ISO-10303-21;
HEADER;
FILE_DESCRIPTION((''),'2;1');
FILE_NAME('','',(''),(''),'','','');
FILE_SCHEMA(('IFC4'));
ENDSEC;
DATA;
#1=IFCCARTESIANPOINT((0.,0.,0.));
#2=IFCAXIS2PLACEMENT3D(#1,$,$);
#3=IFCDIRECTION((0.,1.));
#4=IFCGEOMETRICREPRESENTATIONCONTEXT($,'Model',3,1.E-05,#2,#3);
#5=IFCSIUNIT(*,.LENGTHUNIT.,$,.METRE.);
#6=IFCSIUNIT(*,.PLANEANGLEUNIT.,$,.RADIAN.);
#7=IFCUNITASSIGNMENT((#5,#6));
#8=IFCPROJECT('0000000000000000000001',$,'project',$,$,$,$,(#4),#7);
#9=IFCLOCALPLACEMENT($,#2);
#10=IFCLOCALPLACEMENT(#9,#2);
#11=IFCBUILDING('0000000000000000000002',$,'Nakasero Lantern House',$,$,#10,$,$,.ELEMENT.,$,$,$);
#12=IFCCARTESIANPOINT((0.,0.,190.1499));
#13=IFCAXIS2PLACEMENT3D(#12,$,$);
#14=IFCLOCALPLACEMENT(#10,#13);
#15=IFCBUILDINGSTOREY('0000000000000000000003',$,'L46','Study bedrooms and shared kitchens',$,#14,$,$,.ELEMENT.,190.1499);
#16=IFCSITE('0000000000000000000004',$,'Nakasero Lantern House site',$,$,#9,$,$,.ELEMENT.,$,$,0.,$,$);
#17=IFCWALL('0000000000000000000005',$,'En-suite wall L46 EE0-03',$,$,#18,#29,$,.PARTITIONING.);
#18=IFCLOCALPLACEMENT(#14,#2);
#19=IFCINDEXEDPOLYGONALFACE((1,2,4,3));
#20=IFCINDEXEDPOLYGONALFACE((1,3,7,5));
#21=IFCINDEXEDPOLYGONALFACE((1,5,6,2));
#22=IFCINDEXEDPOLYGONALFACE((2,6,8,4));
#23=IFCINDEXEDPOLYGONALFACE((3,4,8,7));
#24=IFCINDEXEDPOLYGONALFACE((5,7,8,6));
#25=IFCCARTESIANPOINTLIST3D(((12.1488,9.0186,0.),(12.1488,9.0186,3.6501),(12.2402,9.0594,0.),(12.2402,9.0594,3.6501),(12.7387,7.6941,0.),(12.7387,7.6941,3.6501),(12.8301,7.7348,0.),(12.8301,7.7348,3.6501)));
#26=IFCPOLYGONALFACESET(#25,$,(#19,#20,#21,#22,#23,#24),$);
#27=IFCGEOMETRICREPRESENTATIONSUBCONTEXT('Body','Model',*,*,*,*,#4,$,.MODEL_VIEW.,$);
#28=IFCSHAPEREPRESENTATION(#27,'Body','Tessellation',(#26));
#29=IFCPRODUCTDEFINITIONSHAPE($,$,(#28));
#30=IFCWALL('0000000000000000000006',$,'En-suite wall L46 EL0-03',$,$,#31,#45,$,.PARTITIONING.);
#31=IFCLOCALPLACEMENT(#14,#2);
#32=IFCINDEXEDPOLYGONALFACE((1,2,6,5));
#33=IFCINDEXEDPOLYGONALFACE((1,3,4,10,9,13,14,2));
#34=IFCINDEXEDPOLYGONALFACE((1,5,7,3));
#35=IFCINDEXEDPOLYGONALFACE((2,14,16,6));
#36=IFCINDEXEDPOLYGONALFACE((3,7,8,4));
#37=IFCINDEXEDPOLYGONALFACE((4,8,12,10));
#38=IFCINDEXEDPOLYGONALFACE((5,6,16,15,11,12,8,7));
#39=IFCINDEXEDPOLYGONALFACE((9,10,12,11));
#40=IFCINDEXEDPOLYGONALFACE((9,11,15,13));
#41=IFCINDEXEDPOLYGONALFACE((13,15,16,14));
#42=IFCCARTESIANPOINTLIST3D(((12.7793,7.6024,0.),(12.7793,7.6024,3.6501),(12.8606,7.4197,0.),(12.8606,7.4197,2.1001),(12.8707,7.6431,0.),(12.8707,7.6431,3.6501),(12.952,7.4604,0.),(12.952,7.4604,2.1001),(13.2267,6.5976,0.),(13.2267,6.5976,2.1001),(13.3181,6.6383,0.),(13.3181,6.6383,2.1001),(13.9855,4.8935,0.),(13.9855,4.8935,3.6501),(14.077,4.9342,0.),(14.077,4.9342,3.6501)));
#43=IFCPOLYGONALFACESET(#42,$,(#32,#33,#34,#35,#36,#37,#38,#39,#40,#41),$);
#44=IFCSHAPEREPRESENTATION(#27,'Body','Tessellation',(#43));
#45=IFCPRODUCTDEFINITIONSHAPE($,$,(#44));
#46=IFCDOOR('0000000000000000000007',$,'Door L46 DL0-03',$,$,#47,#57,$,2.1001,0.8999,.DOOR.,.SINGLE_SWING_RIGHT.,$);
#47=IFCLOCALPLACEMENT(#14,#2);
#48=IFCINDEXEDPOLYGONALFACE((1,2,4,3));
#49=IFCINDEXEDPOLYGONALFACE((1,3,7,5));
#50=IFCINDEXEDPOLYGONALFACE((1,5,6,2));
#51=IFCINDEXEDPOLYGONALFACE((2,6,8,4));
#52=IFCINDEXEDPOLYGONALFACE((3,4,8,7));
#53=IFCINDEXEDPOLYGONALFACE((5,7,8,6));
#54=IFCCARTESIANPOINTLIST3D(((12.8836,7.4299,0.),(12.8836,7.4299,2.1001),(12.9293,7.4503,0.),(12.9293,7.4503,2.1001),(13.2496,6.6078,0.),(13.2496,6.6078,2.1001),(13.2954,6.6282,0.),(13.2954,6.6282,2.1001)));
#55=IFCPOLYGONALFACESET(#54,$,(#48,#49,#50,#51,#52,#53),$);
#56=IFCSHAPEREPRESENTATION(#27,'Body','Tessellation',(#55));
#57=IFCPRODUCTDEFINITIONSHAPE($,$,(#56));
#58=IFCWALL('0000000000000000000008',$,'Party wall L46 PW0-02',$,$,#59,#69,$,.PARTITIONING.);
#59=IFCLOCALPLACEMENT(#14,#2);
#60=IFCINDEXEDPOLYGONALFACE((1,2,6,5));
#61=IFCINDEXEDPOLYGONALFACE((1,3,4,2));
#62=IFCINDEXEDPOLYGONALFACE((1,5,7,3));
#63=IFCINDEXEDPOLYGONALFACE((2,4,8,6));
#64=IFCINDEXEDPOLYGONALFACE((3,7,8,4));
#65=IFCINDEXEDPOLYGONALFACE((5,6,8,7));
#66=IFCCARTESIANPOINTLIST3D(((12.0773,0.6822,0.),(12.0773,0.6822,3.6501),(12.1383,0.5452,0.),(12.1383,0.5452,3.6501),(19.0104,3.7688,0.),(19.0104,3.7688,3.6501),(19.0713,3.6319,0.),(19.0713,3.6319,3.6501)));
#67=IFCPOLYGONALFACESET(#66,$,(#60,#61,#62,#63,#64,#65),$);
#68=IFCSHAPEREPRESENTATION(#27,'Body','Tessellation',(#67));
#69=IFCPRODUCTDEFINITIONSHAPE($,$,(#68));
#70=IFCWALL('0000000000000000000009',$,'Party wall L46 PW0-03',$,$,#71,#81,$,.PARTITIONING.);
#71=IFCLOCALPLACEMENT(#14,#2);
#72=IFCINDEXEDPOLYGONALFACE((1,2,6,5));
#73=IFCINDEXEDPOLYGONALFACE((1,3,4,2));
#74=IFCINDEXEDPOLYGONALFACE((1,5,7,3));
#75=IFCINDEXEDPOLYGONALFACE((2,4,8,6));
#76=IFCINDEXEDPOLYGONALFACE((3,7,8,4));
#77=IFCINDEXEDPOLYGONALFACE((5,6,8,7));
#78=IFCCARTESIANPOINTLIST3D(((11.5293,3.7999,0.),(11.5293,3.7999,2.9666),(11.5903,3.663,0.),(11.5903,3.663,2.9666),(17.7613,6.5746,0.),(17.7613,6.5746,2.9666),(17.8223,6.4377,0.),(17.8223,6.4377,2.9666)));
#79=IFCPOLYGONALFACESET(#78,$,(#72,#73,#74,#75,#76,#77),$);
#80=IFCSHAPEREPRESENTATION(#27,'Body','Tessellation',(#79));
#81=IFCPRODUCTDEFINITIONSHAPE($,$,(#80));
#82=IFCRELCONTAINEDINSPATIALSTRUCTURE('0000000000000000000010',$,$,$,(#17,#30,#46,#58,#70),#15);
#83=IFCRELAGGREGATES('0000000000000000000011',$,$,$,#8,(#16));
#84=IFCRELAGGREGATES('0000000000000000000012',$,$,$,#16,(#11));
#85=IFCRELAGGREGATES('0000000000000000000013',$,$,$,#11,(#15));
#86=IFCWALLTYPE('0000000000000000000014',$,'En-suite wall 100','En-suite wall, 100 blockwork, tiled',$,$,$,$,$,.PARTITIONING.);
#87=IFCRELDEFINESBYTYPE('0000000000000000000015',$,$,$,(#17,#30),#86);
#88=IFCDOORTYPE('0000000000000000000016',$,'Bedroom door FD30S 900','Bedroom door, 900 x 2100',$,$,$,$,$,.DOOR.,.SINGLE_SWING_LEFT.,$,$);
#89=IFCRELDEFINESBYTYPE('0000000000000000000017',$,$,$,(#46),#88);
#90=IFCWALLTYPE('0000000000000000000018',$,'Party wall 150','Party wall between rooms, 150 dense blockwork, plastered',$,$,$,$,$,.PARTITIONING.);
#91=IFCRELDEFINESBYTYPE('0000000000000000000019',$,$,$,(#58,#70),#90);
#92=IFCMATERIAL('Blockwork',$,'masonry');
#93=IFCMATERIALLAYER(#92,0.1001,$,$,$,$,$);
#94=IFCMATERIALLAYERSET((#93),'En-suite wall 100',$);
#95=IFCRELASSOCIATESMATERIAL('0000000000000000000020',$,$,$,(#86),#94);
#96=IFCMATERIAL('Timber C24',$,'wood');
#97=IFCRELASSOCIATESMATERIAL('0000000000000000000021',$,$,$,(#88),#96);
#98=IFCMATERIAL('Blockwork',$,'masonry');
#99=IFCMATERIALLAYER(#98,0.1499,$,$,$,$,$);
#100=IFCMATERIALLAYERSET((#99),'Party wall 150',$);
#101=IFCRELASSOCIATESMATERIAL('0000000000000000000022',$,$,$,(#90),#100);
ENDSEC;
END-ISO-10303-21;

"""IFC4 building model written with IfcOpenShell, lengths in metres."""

from ifc_helpers import new_model, si_unit, direction, frame, frame_2d, origin, place, context, subcontext, project, spatial, rectangle, extrude, material, layer, layer_set, type_object, element, fill, save


model = new_model("IFC4")

# Units and contexts
model_context = context("Model", 3, precision=1e-05, world=origin(), true_north=direction((0.0, 1.0)))
body_context = subcontext(model_context, "Body", "Model", "MODEL_VIEW")
ifc_project = project(units=[si_unit("LENGTHUNIT", "METRE"), si_unit("PLANEANGLEUNIT", "RADIAN")], contexts=[model_context])

# Site, building, storey
site_placement = place(None, origin())
site = spatial("IfcSite", under=ifc_project, at=site_placement, Name="Nakasero Lantern House site", CompositionType="ELEMENT", RefElevation=0.0)
building_placement = place(site_placement, origin())
building = spatial("IfcBuilding", under=site, at=building_placement, Name="Nakasero Lantern House", CompositionType="ELEMENT")
storey_placement = place(building_placement, frame((0.0, 0.0, 190.1499)))
storey = spatial("IfcBuildingStorey", under=building, at=storey_placement, Name="L46", Description="Study bedrooms and shared kitchens", CompositionType="ELEMENT", Elevation=190.1499)

# Wall
ifc_material_1 = material(Name="Blockwork", Category="masonry")
ifc_layer_1 = layer(ifc_material_1, 0.1001)
ifc_layer_set_1 = layer_set([ifc_layer_1], Name="En-suite wall 100")
wall_type_1 = type_object("IfcWallType", Name="En-suite wall 100", Description="En-suite wall, 100 blockwork, tiled", PredefinedType="PARTITIONING", material=ifc_layer_set_1)
wall_1_placement = place(storey_placement, frame((12.7844, 7.7144, 0.0), z_axis=(0.0, 0.0, 1.0), x_axis=(-0.406826, 0.913506, 0.0)))
element("IfcWall", 1, at=wall_1_placement, inside=storey, type_object=wall_type_1, Name="En-suite wall L46 EE0-03", PredefinedType="PARTITIONING", context=body_context, shape_type="SweptSolid", body=[
    extrude(rectangle(XDim=1.45, YDim=0.1001, at=frame_2d((0.7251, 0.0))), origin(), (0.0, 0.0, 1.0), 3.6501),
])

# Wall, opening, door
wall_2_placement = place(storey_placement, frame((14.0312, 4.9138, 0.0), z_axis=(0.0, 0.0, 1.0), x_axis=(-0.406788, 0.913523, 0.0)))
wall_2 = element("IfcWall", 2, at=wall_2_placement, inside=storey, type_object=wall_type_1, Name="En-suite wall L46 EL0-03", PredefinedType="PARTITIONING", context=body_context, shape_type="SweptSolid", body=[
    extrude(rectangle(XDim=2.9653, YDim=0.1001, at=frame_2d((1.4827, 0.0))), origin(), (0.0, 0.0, 1.0), 3.6501),
])
opening_1_placement = place(wall_2_placement, frame((1.8655, 0.0, 0.0)))
opening_1 = element("IfcOpeningElement", 3, at=opening_1_placement, cuts=wall_2, PredefinedType="OPENING", context=body_context, shape_type="SweptSolid", body=[
    extrude(rectangle(XDim=0.8999, YDim=2.1001, at=frame_2d((0.45, 1.05))), frame((0.0, 0.0701, 0.0), z_axis=(0.0, -1.0, 0.0), x_axis=(1.0, 0.0, 0.0)), (0.0, 0.0, 1.0), 0.1401),
])
ifc_material_2 = material(Name="Timber C24", Category="wood")
door_type_1 = type_object("IfcDoorType", Name="Bedroom door FD30S 900", Description="Bedroom door, 900 x 2100", OperationType="SINGLE_SWING_LEFT", PredefinedType="DOOR", material=ifc_material_2)
door_1_placement = place(opening_1_placement, origin())
door_1 = element("IfcDoor", 4, at=door_1_placement, inside=storey, type_object=door_type_1, Name="Door L46 DL0-03", OperationType="SINGLE_SWING_RIGHT", OverallHeight=2.1001, OverallWidth=0.8999, PredefinedType="DOOR", context=body_context, shape_type="SweptSolid", body=[
    extrude(rectangle(XDim=0.8999, YDim=2.1001, at=frame_2d((0.45, 1.05))), frame((0.0, 0.0249, 0.0), z_axis=(0.0, -1.0, 0.0), x_axis=(1.0, 0.0, 0.0)), (0.0, 0.0, 1.0), 0.05),
])
fill(opening_1, door_1)

# Walls
ifc_material_3 = material(Name="Blockwork", Category="masonry")
ifc_layer_2 = layer(ifc_material_3, 0.1499)
ifc_layer_set_2 = layer_set([ifc_layer_2], Name="Party wall 150")
wall_type_2 = type_object("IfcWallType", Name="Party wall 150", Description="Party wall between rooms, 150 dense blockwork, plastered", PredefinedType="PARTITIONING", material=ifc_layer_set_2)
wall_3_placement = place(storey_placement, frame((12.1079, 0.6138, 0.0), z_axis=(0.0, 0.0, 1.0), x_axis=(0.913553, 0.40672, 0.0)))
element("IfcWall", 5, at=wall_3_placement, inside=storey, type_object=wall_type_2, Name="Party wall L46 PW0-02", PredefinedType="PARTITIONING", context=body_context, shape_type="SweptSolid", body=[
    extrude(rectangle(XDim=7.5891, YDim=0.1499, at=frame_2d((3.7944, 0.0))), origin(), (0.0, 0.0, 1.0), 3.6501),
])
wall_4_placement = place(storey_placement, frame((11.5598, 3.7314, 0.0), z_axis=(0.0, 0.0, 1.0), x_axis=(0.913544, 0.406739, 0.0)))
element("IfcWall", 6, at=wall_4_placement, inside=storey, type_object=wall_type_2, Name="Party wall L46 PW0-03", PredefinedType="PARTITIONING", context=body_context, shape_type="SweptSolid", body=[
    extrude(rectangle(XDim=6.8218, YDim=0.1499, at=frame_2d((3.4109, 0.0))), origin(), (0.0, 0.0, 1.0), 2.9666),
])

save(model, "model.ifc")
